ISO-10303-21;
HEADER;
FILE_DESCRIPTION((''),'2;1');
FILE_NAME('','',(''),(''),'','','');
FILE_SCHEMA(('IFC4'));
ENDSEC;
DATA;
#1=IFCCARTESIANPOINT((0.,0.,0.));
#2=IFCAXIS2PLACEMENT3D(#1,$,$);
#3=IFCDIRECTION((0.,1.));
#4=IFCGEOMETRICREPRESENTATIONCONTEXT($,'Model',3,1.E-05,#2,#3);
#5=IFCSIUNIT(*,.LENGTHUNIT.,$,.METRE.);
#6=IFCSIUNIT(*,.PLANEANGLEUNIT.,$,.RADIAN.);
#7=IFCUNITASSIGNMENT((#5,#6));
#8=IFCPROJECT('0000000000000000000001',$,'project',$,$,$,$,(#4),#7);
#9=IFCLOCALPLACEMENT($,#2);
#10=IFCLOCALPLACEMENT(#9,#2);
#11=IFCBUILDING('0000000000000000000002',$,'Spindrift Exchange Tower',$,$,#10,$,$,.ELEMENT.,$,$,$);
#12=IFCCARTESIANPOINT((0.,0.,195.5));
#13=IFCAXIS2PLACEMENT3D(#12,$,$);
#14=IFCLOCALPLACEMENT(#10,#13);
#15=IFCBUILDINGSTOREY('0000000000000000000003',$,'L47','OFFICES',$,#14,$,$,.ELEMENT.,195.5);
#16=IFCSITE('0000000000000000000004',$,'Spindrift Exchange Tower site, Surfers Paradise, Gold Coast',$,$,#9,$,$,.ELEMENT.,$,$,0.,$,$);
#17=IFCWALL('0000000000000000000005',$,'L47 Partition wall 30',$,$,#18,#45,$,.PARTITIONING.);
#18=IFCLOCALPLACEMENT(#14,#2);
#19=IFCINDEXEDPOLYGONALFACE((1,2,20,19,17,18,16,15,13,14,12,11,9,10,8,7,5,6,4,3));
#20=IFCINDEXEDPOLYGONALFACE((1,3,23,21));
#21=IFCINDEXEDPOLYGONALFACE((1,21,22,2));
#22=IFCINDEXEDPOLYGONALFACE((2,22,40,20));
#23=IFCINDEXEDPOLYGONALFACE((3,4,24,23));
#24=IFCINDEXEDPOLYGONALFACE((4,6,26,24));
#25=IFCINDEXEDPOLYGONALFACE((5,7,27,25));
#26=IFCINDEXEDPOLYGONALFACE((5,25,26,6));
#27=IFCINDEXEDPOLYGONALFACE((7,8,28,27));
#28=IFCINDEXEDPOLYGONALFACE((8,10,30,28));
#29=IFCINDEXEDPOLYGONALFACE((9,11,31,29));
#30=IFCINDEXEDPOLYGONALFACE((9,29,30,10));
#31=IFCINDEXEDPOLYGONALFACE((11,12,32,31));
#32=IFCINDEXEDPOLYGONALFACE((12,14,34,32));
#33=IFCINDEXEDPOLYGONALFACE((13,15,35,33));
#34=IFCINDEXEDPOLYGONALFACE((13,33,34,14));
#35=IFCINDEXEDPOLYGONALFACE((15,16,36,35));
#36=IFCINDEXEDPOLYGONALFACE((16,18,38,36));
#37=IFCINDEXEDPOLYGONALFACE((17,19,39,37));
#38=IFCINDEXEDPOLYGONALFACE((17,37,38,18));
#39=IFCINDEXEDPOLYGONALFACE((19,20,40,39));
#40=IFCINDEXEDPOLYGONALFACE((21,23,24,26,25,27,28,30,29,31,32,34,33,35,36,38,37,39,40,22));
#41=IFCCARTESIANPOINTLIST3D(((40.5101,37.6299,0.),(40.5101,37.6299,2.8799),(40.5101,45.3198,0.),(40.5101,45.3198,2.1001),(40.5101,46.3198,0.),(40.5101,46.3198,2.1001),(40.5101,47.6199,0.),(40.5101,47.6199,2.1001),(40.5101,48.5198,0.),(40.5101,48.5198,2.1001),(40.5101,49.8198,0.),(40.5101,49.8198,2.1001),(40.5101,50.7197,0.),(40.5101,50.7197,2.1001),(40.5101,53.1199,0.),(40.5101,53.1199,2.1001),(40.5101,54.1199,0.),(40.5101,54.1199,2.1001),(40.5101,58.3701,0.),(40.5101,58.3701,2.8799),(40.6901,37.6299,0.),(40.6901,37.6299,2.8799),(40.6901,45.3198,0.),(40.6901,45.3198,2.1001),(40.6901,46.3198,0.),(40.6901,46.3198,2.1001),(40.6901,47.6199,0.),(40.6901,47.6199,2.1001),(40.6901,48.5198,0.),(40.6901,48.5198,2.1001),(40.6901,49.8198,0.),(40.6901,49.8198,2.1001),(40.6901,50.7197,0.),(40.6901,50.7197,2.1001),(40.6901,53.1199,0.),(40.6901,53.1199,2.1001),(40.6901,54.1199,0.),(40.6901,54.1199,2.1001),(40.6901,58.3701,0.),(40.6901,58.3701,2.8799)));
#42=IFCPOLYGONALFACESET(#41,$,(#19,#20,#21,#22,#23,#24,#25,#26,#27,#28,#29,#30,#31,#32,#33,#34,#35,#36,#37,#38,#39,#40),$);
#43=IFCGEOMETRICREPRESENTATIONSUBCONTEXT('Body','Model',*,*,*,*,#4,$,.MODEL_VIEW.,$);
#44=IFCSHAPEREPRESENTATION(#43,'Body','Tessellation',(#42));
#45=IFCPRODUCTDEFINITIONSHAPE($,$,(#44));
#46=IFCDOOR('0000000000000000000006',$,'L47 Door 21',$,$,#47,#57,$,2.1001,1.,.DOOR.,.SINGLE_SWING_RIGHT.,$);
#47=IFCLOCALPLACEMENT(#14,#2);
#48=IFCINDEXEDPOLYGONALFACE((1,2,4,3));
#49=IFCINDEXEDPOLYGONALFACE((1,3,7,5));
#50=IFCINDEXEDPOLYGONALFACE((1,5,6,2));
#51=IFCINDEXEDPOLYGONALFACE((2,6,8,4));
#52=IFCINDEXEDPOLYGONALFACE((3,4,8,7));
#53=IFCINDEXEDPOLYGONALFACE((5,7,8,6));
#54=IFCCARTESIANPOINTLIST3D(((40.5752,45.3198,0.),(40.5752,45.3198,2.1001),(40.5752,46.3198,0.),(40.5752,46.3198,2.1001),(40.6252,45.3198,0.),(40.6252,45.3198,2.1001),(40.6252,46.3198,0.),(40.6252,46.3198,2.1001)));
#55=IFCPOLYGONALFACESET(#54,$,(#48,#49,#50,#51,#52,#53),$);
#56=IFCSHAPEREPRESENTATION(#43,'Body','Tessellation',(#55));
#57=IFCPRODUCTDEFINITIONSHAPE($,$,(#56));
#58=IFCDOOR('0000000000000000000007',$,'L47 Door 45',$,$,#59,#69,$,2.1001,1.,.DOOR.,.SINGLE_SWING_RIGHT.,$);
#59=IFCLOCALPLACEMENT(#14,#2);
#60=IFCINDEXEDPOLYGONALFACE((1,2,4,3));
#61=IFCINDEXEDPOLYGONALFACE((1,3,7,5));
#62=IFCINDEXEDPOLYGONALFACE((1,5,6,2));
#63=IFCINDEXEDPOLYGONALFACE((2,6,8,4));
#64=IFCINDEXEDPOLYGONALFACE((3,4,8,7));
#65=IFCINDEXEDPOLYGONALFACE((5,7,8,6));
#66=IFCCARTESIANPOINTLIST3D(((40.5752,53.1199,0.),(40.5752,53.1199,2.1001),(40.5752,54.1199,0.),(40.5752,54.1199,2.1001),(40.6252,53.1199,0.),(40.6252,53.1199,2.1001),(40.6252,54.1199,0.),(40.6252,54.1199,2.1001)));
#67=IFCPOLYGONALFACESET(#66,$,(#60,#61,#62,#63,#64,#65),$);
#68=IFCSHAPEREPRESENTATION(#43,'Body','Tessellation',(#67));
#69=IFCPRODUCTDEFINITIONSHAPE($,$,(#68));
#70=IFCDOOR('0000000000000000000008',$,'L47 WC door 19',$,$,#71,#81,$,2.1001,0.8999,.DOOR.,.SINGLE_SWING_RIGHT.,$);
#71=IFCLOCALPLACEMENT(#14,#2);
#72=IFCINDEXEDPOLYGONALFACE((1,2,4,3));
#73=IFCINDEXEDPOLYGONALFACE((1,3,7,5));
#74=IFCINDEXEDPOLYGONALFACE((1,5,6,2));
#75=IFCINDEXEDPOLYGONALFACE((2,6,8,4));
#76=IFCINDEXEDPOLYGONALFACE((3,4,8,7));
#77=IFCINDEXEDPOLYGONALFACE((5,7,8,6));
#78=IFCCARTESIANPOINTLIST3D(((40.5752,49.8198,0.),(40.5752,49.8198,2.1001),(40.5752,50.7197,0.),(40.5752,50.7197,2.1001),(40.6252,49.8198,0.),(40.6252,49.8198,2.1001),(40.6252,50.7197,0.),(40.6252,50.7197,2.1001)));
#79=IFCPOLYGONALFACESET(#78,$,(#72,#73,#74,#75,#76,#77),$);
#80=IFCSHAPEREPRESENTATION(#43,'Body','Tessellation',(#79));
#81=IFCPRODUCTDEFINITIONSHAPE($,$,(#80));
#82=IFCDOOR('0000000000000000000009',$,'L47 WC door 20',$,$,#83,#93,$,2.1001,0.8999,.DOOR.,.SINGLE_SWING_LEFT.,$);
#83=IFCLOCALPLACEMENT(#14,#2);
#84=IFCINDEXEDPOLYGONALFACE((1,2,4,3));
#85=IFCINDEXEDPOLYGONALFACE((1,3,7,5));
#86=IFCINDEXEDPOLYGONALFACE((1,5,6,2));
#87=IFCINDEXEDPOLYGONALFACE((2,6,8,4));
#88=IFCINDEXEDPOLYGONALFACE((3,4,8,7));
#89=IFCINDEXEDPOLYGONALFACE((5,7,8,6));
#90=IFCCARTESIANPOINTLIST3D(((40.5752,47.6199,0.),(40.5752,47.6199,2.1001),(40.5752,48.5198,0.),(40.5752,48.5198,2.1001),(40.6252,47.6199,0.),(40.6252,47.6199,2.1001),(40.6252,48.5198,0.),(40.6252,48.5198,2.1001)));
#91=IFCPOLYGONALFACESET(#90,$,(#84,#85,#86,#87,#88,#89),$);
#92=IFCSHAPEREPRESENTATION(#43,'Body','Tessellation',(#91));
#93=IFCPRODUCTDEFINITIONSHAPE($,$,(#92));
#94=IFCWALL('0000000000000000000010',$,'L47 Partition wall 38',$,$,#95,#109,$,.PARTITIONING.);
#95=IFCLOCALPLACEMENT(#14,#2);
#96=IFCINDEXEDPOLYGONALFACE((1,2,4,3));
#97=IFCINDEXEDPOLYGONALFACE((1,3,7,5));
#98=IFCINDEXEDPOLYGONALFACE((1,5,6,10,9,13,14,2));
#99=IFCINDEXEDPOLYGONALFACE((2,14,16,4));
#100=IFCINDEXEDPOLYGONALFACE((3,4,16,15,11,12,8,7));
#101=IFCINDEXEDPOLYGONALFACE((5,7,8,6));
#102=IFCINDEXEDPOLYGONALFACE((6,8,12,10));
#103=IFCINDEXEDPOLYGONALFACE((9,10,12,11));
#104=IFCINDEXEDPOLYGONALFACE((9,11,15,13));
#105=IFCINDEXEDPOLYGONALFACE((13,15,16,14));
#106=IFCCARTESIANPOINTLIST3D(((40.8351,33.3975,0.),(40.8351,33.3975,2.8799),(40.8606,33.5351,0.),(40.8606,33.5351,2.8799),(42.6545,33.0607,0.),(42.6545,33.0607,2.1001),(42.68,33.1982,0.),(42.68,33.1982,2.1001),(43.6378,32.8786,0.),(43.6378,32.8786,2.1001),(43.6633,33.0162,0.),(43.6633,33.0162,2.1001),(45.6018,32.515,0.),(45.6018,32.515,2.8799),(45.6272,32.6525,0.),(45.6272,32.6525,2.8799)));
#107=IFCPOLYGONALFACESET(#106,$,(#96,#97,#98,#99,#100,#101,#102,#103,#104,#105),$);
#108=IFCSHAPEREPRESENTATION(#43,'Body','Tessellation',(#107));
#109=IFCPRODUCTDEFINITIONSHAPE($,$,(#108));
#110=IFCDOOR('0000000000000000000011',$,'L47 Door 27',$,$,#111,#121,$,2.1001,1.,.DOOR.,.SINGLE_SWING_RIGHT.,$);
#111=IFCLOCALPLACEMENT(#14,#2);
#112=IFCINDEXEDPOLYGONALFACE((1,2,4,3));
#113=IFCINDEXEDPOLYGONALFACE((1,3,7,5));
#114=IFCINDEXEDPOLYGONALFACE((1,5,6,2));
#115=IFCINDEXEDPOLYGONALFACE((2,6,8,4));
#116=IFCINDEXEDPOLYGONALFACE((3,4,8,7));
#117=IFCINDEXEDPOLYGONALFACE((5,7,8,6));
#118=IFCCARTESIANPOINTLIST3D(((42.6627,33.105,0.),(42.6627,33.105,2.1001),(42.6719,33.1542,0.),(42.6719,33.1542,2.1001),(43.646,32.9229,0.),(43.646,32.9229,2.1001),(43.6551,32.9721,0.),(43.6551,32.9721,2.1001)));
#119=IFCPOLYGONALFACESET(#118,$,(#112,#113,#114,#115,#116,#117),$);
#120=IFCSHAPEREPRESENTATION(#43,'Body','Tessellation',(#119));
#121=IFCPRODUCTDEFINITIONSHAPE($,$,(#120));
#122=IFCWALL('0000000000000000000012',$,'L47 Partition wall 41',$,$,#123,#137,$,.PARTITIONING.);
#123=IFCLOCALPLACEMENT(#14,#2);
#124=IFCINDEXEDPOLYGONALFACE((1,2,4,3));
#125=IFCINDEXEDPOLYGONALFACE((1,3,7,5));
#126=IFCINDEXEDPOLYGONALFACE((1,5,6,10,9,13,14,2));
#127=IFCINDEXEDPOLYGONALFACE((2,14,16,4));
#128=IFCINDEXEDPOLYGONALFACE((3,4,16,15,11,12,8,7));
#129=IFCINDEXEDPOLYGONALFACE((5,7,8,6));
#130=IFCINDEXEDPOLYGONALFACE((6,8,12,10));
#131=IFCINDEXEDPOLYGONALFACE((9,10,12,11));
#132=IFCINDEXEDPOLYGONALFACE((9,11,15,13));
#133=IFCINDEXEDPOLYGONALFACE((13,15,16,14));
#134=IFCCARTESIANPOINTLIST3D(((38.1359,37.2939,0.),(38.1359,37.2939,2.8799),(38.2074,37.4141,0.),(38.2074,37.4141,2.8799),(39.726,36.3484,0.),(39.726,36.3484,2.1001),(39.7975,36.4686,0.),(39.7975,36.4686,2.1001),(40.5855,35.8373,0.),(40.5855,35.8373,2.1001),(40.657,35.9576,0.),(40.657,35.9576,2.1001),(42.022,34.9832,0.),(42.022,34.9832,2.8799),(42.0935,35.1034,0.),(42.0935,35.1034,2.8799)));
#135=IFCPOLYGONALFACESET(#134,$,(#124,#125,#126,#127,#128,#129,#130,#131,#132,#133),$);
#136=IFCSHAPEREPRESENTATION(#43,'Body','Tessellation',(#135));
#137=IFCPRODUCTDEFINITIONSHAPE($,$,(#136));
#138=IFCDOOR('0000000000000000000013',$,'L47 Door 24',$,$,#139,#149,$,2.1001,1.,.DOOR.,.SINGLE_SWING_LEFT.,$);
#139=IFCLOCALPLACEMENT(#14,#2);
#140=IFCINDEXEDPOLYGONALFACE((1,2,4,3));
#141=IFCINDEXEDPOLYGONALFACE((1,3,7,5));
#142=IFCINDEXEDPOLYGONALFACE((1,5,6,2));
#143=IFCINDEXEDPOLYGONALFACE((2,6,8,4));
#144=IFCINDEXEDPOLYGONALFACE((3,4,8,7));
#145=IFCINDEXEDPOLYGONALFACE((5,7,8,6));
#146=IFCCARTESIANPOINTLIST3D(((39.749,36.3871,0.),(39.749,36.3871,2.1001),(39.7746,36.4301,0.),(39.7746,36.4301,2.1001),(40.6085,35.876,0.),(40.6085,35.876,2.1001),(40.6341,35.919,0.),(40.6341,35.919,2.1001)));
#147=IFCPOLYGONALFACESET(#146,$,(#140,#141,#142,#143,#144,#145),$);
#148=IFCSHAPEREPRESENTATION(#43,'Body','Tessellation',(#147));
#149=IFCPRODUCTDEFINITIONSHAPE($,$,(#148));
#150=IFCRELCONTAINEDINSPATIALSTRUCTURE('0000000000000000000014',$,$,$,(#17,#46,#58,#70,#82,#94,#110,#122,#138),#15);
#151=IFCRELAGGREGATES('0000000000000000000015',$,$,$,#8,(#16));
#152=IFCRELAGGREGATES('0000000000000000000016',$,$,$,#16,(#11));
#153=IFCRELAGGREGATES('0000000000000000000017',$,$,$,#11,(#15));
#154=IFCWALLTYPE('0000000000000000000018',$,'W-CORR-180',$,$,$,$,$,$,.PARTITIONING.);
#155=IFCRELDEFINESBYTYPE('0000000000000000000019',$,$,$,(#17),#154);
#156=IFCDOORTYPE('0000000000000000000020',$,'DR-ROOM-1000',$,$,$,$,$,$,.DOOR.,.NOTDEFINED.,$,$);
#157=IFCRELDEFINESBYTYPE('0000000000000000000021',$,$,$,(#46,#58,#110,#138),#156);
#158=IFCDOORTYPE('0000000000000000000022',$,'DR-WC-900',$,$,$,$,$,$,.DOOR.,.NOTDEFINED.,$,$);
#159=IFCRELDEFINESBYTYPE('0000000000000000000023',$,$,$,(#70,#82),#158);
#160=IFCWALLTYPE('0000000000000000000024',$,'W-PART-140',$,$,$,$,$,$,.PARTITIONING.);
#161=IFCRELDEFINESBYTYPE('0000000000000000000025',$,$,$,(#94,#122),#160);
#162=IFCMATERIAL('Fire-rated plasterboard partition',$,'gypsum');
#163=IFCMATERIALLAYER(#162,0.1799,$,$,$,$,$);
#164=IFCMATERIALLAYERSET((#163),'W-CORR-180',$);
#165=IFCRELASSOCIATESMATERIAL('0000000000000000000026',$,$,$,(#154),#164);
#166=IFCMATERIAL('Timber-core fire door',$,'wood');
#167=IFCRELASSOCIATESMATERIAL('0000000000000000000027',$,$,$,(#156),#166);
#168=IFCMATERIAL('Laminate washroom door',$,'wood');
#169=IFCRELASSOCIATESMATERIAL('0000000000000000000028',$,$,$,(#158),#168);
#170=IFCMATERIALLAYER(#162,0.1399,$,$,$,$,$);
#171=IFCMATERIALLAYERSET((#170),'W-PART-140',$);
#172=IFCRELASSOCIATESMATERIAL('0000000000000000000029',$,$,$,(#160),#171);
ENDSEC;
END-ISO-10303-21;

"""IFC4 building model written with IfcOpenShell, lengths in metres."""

from ifc_helpers import new_model, si_unit, direction, frame, frame_2d, origin, place, context, subcontext, project, spatial, rectangle, extrude, source, transform, mapped, material, layer, layer_set, type_object, element, fill, save


model = new_model("IFC4")

# Units and contexts
model_context = context("Model", 3, precision=1e-05, world=origin(), true_north=direction((0.0, 1.0)))
body_context = subcontext(model_context, "Body", "Model", "MODEL_VIEW")
ifc_project = project(units=[si_unit("LENGTHUNIT", "METRE"), si_unit("PLANEANGLEUNIT", "RADIAN")], contexts=[model_context])

# Site, building, storey
site_placement = place(None, origin())
site = spatial("IfcSite", under=ifc_project, at=site_placement, Name="Spindrift Exchange Tower site, Surfers Paradise, Gold Coast", CompositionType="ELEMENT", RefElevation=0.0)
building_placement = place(site_placement, origin())
building = spatial("IfcBuilding", under=site, at=building_placement, Name="Spindrift Exchange Tower", CompositionType="ELEMENT")
storey_placement = place(building_placement, frame((0.0, 0.0, 195.5)))
storey = spatial("IfcBuildingStorey", under=building, at=storey_placement, Name="L47", Description="OFFICES", CompositionType="ELEMENT", Elevation=195.5)

# Wall, openings, doors
ifc_material_1 = material(Name="Fire-rated plasterboard partition", Category="gypsum")
ifc_layer_1 = layer(ifc_material_1, 0.1799)
ifc_layer_set_1 = layer_set([ifc_layer_1], Name="W-CORR-180")
wall_type_1 = type_object("IfcWallType", Name="W-CORR-180", PredefinedType="PARTITIONING", material=ifc_layer_set_1)
wall_1_placement = place(storey_placement, frame((40.6001, 37.6299, 0.0), z_axis=(0.0, 0.0, 1.0), x_axis=(0.0, 1.0, 0.0)))
wall_1 = element("IfcWall", 1, at=wall_1_placement, inside=storey, type_object=wall_type_1, Name="L47 Partition wall 30", PredefinedType="PARTITIONING", context=body_context, shape_type="SweptSolid", body=[
    extrude(rectangle(XDim=20.7402, YDim=0.1799, at=frame_2d((10.3701, 0.0))), origin(), (0.0, 0.0, 1.0), 2.8799),
])
opening_1_placement = place(wall_1_placement, frame((12.1899, 0.0, 0.0)))
opening_1 = element("IfcOpeningElement", 2, at=opening_1_placement, cuts=wall_1, PredefinedType="OPENING", context=body_context, shape_type="SweptSolid", body=[
    extrude(rectangle(XDim=0.8999, YDim=2.1001, at=frame_2d((0.45, 1.05))), frame((0.0, 0.0999, 0.0), z_axis=(0.0, -1.0, 0.0), x_axis=(1.0, 0.0, 0.0)), (0.0, 0.0, 1.0), 0.2),
])
opening_2_placement = place(wall_1_placement, frame((9.99, 0.0, 0.0)))
opening_2 = element("IfcOpeningElement", 3, at=opening_2_placement, cuts=wall_1, PredefinedType="OPENING", context=body_context, shape_type="SweptSolid", body=[
    extrude(rectangle(XDim=0.8999, YDim=2.1001, at=frame_2d((0.45, 1.05))), frame((0.0, 0.0999, 0.0), z_axis=(0.0, -1.0, 0.0), x_axis=(1.0, 0.0, 0.0)), (0.0, 0.0, 1.0), 0.2),
])
opening_3_placement = place(wall_1_placement, frame((7.6899, 0.0, 0.0)))
opening_3 = element("IfcOpeningElement", 4, at=opening_3_placement, cuts=wall_1, PredefinedType="OPENING", context=body_context, shape_type="SweptSolid", body=[
    extrude(rectangle(XDim=1.0, YDim=2.1001, at=frame_2d((0.5, 1.05))), frame((0.0, 0.0999, 0.0), z_axis=(0.0, -1.0, 0.0), x_axis=(1.0, 0.0, 0.0)), (0.0, 0.0, 1.0), 0.2),
])
opening_4_placement = place(wall_1_placement, frame((15.49, 0.0, 0.0)))
opening_4 = element("IfcOpeningElement", 5, at=opening_4_placement, cuts=wall_1, PredefinedType="OPENING", context=body_context, shape_type="SweptSolid", body=[
    extrude(rectangle(XDim=1.0, YDim=2.1001, at=frame_2d((0.5, 1.05))), frame((0.0, 0.0999, 0.0), z_axis=(0.0, -1.0, 0.0), x_axis=(1.0, 0.0, 0.0)), (0.0, 0.0, 1.0), 0.2),
])
ifc_material_2 = material(Name="Timber-core fire door", Category="wood")
door_type_1 = type_object("IfcDoorType", Name="DR-ROOM-1000", OperationType="NOTDEFINED", PredefinedType="DOOR", material=ifc_material_2)
shared_shape_1 = source(origin(), body_context, "Body", "SweptSolid", [
    extrude(rectangle(XDim=1.0, YDim=2.1001, at=frame_2d((0.5, 1.05))), frame((0.0, 0.0249, 0.0), z_axis=(0.0, -1.0, 0.0), x_axis=(1.0, 0.0, 0.0)), (0.0, 0.0, 1.0), 0.05),
])
door_1_placement = place(opening_3_placement, origin())
door_1 = element("IfcDoor", 6, at=door_1_placement, inside=storey, type_object=door_type_1, Name="L47 Door 21", OperationType="SINGLE_SWING_RIGHT", OverallHeight=2.1001, OverallWidth=1.0, PredefinedType="DOOR", context=body_context, shape_type="MappedRepresentation", body=[
    mapped(shared_shape_1, transform((0.0, 0.0, 0.0), scale=1.0)),
])
fill(opening_3, door_1)
door_2_placement = place(opening_4_placement, origin())
door_2 = element("IfcDoor", 7, at=door_2_placement, inside=storey, type_object=door_type_1, Name="L47 Door 45", OperationType="SINGLE_SWING_RIGHT", OverallHeight=2.1001, OverallWidth=1.0, PredefinedType="DOOR", context=body_context, shape_type="MappedRepresentation", body=[
    mapped(shared_shape_1, transform((0.0, 0.0, 0.0), scale=1.0)),
])
fill(opening_4, door_2)
ifc_material_3 = material(Name="Laminate washroom door", Category="wood")
door_type_2 = type_object("IfcDoorType", Name="DR-WC-900", OperationType="NOTDEFINED", PredefinedType="DOOR", material=ifc_material_3)
shared_shape_2 = source(origin(), body_context, "Body", "SweptSolid", [
    extrude(rectangle(XDim=0.8999, YDim=2.1001, at=frame_2d((0.45, 1.05))), frame((0.0, 0.0249, 0.0), z_axis=(0.0, -1.0, 0.0), x_axis=(1.0, 0.0, 0.0)), (0.0, 0.0, 1.0), 0.05),
])
door_3_placement = place(opening_1_placement, origin())
door_3 = element("IfcDoor", 8, at=door_3_placement, inside=storey, type_object=door_type_2, Name="L47 WC door 19", OperationType="SINGLE_SWING_RIGHT", OverallHeight=2.1001, OverallWidth=0.8999, PredefinedType="DOOR", context=body_context, shape_type="MappedRepresentation", body=[
    mapped(shared_shape_2, transform((0.0, 0.0, 0.0), scale=1.0)),
])
fill(opening_1, door_3)
door_4_placement = place(opening_2_placement, origin())
door_4 = element("IfcDoor", 9, at=door_4_placement, inside=storey, type_object=door_type_2, Name="L47 WC door 20", OperationType="SINGLE_SWING_LEFT", OverallHeight=2.1001, OverallWidth=0.8999, PredefinedType="DOOR", context=body_context, shape_type="MappedRepresentation", body=[
    mapped(shared_shape_2, transform((0.0, 0.0, 0.0), scale=1.0)),
])
fill(opening_2, door_4)

# Walls, openings, doors
ifc_layer_2 = layer(ifc_material_1, 0.1399)
ifc_layer_set_2 = layer_set([ifc_layer_2], Name="W-PART-140")
wall_type_2 = type_object("IfcWallType", Name="W-PART-140", PredefinedType="PARTITIONING", material=ifc_layer_set_2)
wall_2_placement = place(storey_placement, frame((45.6145, 32.5837, 0.0), z_axis=(0.0, 0.0, 1.0), x_axis=(-0.983287, 0.182062, 0.0)))
wall_2 = element("IfcWall", 10, at=wall_2_placement, inside=storey, type_object=wall_type_2, Name="L47 Partition wall 38", PredefinedType="PARTITIONING", context=body_context, shape_type="SweptSolid", body=[
    extrude(rectangle(XDim=4.8477, YDim=0.1399, at=frame_2d((2.4238, 0.0))), origin(), (0.0, 0.0, 1.0), 2.8799),
])
opening_5_placement = place(wall_2_placement, frame((1.9973, 0.0, 0.0)))
opening_5 = element("IfcOpeningElement", 11, at=opening_5_placement, cuts=wall_2, PredefinedType="OPENING", context=body_context, shape_type="SweptSolid", body=[
    extrude(rectangle(XDim=1.0, YDim=2.1001, at=frame_2d((0.5, 1.05))), frame((0.0, 0.0798, 0.0), z_axis=(0.0, -1.0, 0.0), x_axis=(1.0, 0.0, 0.0)), (0.0, 0.0, 1.0), 0.1599),
])
door_5_placement = place(opening_5_placement, origin())
door_5 = element("IfcDoor", 12, at=door_5_placement, inside=storey, type_object=door_type_1, Name="L47 Door 27", OperationType="SINGLE_SWING_RIGHT", OverallHeight=2.1001, OverallWidth=1.0, PredefinedType="DOOR", context=body_context, shape_type="MappedRepresentation", body=[
    mapped(shared_shape_1, transform((0.0, 0.0, 0.0), scale=1.0)),
])
fill(opening_5, door_5)
wall_3_placement = place(storey_placement, frame((42.0579, 35.0432, 0.0), z_axis=(0.0, 0.0, 1.0), x_axis=(-0.85953, 0.511085, 0.0)))
wall_3 = element("IfcWall", 13, at=wall_3_placement, inside=storey, type_object=wall_type_2, Name="L47 Partition wall 41", PredefinedType="PARTITIONING", context=body_context, shape_type="SweptSolid", body=[
    extrude(rectangle(XDim=4.5212, YDim=0.1399, at=frame_2d((2.2607, 0.0))), origin(), (0.0, 0.0, 1.0), 2.8799),
])
opening_6_placement = place(wall_3_placement, frame((1.6714, 0.0, 0.0)))
opening_6 = element("IfcOpeningElement", 14, at=opening_6_placement, cuts=wall_3, PredefinedType="OPENING", context=body_context, shape_type="SweptSolid", body=[
    extrude(rectangle(XDim=1.0, YDim=2.1001, at=frame_2d((0.5, 1.05))), frame((0.0, 0.0798, 0.0), z_axis=(0.0, -1.0, 0.0), x_axis=(1.0, 0.0, 0.0)), (0.0, 0.0, 1.0), 0.1599),
])
door_6_placement = place(opening_6_placement, origin())
door_6 = element("IfcDoor", 15, at=door_6_placement, inside=storey, type_object=door_type_1, Name="L47 Door 24", OperationType="SINGLE_SWING_LEFT", OverallHeight=2.1001, OverallWidth=1.0, PredefinedType="DOOR", context=body_context, shape_type="MappedRepresentation", body=[
    mapped(shared_shape_1, transform((0.0, 0.0, 0.0), scale=1.0)),
])
fill(opening_6, door_6)

save(model, "model.ifc")
